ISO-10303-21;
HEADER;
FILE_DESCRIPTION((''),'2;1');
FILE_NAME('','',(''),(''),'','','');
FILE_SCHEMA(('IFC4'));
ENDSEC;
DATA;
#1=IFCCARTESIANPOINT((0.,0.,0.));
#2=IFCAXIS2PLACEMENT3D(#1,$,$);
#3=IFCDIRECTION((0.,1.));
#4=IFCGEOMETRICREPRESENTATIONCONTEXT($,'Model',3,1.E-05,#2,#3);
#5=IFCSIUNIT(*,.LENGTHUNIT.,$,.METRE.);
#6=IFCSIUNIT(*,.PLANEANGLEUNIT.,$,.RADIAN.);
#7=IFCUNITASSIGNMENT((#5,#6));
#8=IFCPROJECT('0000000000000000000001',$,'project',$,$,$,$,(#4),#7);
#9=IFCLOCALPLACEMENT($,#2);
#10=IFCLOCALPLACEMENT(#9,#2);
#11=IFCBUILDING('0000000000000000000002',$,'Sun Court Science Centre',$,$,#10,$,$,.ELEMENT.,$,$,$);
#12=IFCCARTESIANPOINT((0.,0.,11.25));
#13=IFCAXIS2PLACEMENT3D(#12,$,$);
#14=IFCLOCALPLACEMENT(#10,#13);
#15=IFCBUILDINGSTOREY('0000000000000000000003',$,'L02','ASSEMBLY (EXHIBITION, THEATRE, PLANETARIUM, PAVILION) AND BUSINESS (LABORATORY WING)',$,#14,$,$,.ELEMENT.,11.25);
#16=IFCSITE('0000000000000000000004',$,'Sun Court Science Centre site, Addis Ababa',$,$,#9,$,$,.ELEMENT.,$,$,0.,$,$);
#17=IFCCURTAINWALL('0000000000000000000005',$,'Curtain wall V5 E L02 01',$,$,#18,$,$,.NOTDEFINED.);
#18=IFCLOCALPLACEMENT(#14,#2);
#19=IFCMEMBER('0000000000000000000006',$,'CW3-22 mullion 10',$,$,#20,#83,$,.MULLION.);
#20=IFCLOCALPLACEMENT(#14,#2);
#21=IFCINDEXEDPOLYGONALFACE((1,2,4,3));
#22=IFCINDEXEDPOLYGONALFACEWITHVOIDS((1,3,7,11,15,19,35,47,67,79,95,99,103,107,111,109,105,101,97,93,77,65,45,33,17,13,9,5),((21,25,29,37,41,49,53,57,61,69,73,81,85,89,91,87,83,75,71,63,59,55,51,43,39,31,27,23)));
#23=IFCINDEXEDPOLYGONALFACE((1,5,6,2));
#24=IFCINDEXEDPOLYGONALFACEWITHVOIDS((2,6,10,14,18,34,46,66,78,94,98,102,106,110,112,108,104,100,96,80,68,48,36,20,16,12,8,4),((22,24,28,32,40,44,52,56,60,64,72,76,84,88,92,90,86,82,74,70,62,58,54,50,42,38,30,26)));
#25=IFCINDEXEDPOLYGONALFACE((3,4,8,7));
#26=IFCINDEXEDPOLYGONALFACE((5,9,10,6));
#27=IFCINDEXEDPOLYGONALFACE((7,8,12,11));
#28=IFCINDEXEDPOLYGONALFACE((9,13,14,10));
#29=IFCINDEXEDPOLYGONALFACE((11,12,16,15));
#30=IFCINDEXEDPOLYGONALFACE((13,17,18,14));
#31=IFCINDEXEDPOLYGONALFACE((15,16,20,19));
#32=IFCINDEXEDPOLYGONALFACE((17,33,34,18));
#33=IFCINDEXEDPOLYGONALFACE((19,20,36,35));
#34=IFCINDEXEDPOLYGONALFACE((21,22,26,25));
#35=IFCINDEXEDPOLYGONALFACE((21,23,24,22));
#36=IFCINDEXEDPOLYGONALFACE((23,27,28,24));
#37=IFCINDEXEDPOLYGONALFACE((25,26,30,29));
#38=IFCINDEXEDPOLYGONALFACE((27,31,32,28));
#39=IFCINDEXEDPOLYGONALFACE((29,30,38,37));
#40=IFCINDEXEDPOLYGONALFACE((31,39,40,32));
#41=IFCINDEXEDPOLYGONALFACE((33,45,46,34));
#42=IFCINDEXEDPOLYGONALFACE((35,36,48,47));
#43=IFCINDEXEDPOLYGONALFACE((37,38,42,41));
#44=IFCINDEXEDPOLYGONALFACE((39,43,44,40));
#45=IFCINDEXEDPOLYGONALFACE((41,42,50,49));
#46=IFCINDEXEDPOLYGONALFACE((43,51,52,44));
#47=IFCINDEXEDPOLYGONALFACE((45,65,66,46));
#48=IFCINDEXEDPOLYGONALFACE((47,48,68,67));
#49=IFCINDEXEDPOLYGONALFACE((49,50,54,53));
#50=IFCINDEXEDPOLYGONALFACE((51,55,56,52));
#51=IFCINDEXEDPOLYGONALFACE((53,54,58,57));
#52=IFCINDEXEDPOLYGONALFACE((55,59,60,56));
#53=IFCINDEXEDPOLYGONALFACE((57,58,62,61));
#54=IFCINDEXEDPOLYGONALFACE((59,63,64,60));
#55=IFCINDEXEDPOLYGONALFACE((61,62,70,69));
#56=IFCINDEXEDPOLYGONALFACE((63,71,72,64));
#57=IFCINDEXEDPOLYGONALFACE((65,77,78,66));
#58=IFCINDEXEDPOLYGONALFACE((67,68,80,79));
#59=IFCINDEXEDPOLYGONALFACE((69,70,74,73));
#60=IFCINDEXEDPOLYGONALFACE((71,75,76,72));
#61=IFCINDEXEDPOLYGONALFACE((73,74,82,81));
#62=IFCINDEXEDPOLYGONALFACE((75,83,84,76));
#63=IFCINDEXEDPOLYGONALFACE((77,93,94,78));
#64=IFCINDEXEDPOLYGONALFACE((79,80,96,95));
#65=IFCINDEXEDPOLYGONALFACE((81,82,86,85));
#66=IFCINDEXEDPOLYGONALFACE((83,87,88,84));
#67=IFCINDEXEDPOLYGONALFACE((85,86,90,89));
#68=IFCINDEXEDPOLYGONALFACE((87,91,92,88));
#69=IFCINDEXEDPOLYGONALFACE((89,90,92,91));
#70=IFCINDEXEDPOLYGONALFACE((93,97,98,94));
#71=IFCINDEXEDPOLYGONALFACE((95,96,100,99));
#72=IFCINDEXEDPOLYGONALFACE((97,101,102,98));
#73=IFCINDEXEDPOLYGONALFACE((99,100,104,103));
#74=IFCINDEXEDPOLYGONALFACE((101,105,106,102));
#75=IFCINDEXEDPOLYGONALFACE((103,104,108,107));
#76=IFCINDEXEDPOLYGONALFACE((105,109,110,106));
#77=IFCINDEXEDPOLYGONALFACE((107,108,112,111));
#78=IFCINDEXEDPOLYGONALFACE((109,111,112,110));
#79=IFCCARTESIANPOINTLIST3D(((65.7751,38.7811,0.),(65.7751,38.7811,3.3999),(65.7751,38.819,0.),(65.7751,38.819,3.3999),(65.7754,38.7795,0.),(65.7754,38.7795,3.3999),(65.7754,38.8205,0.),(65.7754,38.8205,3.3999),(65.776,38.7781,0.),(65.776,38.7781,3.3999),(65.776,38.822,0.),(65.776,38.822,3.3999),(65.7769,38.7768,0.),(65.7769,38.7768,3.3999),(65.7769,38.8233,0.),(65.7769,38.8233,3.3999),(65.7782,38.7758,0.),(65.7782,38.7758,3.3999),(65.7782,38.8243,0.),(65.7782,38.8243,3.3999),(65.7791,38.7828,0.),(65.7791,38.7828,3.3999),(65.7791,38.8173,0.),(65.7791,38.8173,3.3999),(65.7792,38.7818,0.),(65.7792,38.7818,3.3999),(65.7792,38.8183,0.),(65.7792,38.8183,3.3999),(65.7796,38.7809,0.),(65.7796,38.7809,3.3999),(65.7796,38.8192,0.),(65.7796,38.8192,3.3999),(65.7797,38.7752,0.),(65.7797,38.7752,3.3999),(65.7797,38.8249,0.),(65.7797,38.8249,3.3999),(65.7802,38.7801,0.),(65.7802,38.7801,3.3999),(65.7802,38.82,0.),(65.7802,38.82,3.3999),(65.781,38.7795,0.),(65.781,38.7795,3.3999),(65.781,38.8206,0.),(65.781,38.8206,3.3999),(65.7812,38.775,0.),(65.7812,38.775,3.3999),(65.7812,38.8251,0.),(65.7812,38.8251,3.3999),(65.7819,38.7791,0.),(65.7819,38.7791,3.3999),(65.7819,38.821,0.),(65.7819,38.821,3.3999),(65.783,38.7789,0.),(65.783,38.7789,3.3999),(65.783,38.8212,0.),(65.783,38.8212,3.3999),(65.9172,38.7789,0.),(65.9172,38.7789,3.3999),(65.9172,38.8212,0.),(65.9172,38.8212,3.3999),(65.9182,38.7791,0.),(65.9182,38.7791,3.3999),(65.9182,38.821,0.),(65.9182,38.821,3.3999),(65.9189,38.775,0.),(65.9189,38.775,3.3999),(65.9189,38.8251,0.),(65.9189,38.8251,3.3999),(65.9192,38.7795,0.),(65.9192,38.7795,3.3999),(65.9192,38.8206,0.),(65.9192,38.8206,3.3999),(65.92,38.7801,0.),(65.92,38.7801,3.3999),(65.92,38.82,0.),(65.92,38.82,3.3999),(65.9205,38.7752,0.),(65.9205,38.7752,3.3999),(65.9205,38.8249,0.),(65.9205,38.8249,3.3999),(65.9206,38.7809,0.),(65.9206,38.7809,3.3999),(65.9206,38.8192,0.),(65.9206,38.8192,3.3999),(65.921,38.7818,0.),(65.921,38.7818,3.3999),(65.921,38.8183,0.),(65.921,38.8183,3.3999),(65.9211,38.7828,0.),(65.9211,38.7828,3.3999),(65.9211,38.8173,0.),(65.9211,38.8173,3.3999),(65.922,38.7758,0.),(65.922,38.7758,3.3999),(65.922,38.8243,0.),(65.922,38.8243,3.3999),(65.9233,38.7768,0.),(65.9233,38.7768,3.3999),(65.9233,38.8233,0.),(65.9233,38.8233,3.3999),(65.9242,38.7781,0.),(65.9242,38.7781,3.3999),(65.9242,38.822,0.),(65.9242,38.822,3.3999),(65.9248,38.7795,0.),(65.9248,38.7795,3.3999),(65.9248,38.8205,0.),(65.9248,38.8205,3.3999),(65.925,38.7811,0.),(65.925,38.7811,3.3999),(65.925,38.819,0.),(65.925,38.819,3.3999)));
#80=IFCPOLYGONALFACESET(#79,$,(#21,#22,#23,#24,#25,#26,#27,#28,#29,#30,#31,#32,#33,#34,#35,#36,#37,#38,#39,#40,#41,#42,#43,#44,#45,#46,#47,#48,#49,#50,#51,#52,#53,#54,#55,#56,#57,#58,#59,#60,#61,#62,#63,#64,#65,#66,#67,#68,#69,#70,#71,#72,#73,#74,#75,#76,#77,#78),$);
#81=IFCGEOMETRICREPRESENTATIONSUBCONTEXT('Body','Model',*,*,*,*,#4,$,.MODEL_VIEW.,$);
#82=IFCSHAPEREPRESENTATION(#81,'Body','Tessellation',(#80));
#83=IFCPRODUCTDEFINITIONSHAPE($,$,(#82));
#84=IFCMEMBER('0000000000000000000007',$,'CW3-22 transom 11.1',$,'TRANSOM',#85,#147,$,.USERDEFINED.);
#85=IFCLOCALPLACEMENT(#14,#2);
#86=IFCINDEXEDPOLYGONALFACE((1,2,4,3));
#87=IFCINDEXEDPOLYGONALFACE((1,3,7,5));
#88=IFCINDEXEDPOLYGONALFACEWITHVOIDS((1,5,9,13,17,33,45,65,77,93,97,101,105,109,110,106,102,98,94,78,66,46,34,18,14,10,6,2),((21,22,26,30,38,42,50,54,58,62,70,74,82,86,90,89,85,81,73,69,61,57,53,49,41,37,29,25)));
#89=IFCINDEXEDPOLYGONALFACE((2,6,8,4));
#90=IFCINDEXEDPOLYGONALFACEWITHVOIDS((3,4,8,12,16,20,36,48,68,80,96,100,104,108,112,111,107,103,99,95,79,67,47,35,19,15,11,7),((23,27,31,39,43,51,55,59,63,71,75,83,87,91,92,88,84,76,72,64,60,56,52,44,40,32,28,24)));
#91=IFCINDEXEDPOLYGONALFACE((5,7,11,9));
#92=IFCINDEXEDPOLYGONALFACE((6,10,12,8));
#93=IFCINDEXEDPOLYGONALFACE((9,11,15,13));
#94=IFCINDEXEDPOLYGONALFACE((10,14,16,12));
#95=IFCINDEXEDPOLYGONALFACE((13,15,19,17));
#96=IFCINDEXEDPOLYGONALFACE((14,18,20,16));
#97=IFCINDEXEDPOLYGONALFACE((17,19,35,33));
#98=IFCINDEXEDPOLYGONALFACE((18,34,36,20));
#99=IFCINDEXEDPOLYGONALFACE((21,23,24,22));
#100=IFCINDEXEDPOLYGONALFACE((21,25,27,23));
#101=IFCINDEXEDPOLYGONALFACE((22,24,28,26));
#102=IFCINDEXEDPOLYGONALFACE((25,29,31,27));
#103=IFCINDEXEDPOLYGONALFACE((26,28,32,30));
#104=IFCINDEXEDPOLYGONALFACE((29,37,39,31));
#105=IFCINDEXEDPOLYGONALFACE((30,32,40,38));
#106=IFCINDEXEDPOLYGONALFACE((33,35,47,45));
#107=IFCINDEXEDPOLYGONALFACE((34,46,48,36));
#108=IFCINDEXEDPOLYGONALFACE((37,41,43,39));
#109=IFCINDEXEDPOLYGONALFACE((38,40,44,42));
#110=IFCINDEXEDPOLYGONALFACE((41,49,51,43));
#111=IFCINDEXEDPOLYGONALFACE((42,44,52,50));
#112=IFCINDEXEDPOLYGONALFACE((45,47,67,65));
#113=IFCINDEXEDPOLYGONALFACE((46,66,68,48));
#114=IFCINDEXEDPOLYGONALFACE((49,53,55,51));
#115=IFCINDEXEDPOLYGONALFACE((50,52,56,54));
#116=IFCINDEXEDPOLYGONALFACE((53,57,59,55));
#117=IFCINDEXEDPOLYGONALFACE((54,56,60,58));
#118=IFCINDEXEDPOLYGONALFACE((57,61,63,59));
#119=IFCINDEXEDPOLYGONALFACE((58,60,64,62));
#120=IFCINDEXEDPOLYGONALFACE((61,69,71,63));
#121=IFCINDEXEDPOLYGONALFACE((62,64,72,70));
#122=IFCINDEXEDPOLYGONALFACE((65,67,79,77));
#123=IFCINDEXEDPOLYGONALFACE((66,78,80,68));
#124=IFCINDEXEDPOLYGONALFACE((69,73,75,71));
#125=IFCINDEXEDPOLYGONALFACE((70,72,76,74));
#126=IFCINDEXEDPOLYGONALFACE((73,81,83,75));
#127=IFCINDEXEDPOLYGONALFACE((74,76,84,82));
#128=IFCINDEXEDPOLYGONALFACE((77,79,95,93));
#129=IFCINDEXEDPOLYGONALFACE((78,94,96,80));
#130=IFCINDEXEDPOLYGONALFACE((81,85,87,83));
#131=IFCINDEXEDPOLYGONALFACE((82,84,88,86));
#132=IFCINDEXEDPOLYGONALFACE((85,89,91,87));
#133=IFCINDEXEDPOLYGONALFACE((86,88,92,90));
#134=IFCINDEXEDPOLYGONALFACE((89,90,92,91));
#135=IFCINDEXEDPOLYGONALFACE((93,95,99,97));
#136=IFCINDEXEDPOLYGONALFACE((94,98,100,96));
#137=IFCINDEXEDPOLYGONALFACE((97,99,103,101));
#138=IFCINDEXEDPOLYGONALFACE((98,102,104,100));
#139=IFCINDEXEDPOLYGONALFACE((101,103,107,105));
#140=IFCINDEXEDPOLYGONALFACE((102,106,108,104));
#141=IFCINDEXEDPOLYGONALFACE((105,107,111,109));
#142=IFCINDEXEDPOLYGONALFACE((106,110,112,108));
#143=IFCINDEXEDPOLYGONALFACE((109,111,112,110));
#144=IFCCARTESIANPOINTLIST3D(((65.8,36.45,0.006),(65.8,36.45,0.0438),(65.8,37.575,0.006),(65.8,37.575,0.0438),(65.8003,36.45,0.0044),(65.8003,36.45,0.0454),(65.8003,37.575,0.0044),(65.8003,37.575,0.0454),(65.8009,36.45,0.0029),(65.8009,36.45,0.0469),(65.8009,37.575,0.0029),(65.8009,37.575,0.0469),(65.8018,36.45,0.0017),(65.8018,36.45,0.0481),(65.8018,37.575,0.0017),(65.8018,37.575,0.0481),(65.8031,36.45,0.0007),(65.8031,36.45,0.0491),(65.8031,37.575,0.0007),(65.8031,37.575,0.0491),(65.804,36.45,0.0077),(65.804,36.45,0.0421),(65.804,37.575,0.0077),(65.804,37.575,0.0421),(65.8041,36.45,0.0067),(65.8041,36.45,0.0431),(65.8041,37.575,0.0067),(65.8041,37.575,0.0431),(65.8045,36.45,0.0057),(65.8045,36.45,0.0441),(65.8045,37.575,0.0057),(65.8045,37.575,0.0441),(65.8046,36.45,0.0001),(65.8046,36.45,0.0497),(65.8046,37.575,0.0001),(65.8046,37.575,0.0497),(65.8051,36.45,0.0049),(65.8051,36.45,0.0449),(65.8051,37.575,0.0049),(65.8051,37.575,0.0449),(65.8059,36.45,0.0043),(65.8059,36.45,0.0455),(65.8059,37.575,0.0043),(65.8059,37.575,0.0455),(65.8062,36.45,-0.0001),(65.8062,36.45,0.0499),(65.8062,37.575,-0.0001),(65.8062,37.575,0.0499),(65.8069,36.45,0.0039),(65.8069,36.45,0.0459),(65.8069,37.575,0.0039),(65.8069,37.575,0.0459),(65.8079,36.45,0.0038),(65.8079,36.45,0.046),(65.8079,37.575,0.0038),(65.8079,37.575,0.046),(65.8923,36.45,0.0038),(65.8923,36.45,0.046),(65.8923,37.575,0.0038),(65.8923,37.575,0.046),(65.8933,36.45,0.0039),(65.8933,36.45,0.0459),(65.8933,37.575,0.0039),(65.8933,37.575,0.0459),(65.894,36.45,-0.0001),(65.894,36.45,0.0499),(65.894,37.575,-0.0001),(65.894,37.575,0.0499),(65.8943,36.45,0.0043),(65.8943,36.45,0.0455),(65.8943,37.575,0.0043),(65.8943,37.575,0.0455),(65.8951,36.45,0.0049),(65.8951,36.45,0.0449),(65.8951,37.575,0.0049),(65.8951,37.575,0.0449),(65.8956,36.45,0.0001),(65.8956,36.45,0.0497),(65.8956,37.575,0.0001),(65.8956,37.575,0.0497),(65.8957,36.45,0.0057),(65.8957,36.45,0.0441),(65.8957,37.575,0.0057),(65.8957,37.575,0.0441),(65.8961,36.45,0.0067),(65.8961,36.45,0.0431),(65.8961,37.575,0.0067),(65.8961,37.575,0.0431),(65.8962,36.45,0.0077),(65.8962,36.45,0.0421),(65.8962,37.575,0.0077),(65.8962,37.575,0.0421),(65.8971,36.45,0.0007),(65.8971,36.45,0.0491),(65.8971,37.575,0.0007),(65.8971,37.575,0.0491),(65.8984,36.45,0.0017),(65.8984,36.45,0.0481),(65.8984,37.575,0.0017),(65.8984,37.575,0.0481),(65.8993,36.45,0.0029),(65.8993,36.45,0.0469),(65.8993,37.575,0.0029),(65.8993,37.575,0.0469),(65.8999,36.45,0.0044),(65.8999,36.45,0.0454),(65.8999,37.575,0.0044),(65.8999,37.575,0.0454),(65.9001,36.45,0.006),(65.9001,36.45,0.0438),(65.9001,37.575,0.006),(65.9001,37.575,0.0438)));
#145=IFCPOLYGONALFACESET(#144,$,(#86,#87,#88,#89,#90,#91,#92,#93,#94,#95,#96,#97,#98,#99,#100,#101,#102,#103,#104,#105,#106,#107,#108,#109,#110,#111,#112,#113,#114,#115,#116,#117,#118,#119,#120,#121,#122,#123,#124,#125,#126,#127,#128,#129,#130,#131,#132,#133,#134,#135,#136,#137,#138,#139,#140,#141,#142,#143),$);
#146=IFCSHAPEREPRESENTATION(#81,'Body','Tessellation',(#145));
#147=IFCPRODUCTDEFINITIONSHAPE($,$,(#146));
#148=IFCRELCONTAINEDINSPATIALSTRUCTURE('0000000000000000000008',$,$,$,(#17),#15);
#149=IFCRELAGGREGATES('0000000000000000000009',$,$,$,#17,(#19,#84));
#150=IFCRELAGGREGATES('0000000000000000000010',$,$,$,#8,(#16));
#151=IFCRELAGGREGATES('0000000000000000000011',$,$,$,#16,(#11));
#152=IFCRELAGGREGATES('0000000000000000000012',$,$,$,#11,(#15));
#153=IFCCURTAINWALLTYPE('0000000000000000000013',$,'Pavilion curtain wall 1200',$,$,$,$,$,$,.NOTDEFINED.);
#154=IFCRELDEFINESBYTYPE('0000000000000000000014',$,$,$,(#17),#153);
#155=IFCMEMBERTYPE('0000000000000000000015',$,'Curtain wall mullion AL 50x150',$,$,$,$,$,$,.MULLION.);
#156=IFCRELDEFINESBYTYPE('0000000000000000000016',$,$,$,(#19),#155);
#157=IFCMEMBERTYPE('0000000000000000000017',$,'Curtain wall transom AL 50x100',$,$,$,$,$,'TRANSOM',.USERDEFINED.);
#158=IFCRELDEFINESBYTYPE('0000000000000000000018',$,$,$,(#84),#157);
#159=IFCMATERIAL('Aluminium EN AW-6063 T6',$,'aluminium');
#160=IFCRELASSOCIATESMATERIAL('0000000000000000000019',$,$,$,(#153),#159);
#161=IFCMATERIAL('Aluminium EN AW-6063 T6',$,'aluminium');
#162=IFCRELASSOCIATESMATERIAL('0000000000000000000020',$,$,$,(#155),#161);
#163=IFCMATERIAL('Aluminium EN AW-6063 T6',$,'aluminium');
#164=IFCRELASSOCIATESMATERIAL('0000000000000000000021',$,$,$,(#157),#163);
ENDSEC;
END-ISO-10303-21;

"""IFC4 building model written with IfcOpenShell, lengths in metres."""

from ifc_helpers import new_model, si_unit, direction, frame, origin, origin_2d, place, context, subcontext, project, spatial, hollow_rectangle, extrude, material, material_profile, profile_set, type_object, element, aggregate, save


model = new_model("IFC4")

# Units and contexts
model_context = context("Model", 3, precision=1e-05, world=origin(), true_north=direction((0.0, 1.0)))
body_context = subcontext(model_context, "Body", "Model", "MODEL_VIEW")
ifc_project = project(units=[si_unit("LENGTHUNIT", "METRE"), si_unit("PLANEANGLEUNIT", "RADIAN")], contexts=[model_context])

# Site, building, storey
site_placement = place(None, origin())
site = spatial("IfcSite", under=ifc_project, at=site_placement, Name="Sun Court Science Centre site, Addis Ababa", CompositionType="ELEMENT", RefElevation=0.0)
building_placement = place(site_placement, origin())
building = spatial("IfcBuilding", under=site, at=building_placement, Name="Sun Court Science Centre", CompositionType="ELEMENT")
storey_placement = place(building_placement, frame((0.0, 0.0, 11.25)))
storey = spatial("IfcBuildingStorey", under=building, at=storey_placement, Name="L02", Description="ASSEMBLY (EXHIBITION, THEATRE, PLANETARIUM, PAVILION) AND BUSINESS (LABORATORY WING)", CompositionType="ELEMENT", Elevation=11.25)

# Curtain wall, members
ifc_material_1 = material(Name="Aluminium EN AW-6063 T6", Category="aluminium")
curtain_wall_type = type_object("IfcCurtainWallType", Name="Pavilion curtain wall 1200", PredefinedType="NOTDEFINED", material=ifc_material_1)
curtain_wall_placement = place(storey_placement, origin())
curtain_wall = element("IfcCurtainWall", 1, at=curtain_wall_placement, inside=storey, type_object=curtain_wall_type, Name="Curtain wall V5 E L02 01", PredefinedType="NOTDEFINED")
ifc_material_2 = material(Name="Aluminium EN AW-6063 T6", Category="aluminium")
ifc_material_profile_1 = material_profile(ifc_material_2, hollow_rectangle(XDim=0.05, YDim=0.1499, WallThickness=0.0039, InnerFilletRadius=0.0039, OuterFilletRadius=0.0061, at=origin_2d()), Name="AL 50x150x4")
ifc_profile_set_1 = profile_set([ifc_material_profile_1], Name="Aluminium EN AW-6063 T6")
member_type_1 = type_object("IfcMemberType", Name="Curtain wall mullion AL 50x150", PredefinedType="MULLION", material=ifc_profile_set_1)
member_1_placement = place(storey_placement, frame((65.8501, 38.8, 0.0), z_axis=(0.0, 0.0, 1.0), x_axis=(0.0, -1.0, 0.0)))
member_1 = element("IfcMember", 2, at=member_1_placement, type_object=member_type_1, Name="CW3-22 mullion 10", PredefinedType="MULLION", context=body_context, shape_type="SweptSolid", body=[
    extrude(hollow_rectangle(XDim=0.05, YDim=0.1499, WallThickness=0.0039, InnerFilletRadius=0.0039, OuterFilletRadius=0.0061, at=origin_2d()), origin(), (0.0, 0.0, 1.0), 3.3999),
])
ifc_material_3 = material(Name="Aluminium EN AW-6063 T6", Category="aluminium")
ifc_material_profile_2 = material_profile(ifc_material_3, hollow_rectangle(XDim=0.05, YDim=0.1001, WallThickness=0.0039, InnerFilletRadius=0.0039, OuterFilletRadius=0.0061, at=origin_2d()), Name="AL 50x100x4")
ifc_profile_set_2 = profile_set([ifc_material_profile_2], Name="Aluminium EN AW-6063 T6")
member_type_2 = type_object("IfcMemberType", Name="Curtain wall transom AL 50x100", ElementType="TRANSOM", PredefinedType="USERDEFINED", material=ifc_profile_set_2)
member_2_placement = place(storey_placement, frame((65.8501, 37.575, 0.0249), z_axis=(0.0, -1.0, 0.0), x_axis=(0.0, 0.0, 1.0)))
member_2 = element("IfcMember", 3, at=member_2_placement, type_object=member_type_2, Name="CW3-22 transom 11.1", ObjectType="TRANSOM", PredefinedType="USERDEFINED", context=body_context, shape_type="SweptSolid", body=[
    extrude(hollow_rectangle(XDim=0.05, YDim=0.1001, WallThickness=0.0039, InnerFilletRadius=0.0039, OuterFilletRadius=0.0061, at=origin_2d()), origin(), (0.0, 0.0, 1.0), 1.125),
])

aggregate(curtain_wall, [member_1, member_2])

save(model, "model.ifc")
